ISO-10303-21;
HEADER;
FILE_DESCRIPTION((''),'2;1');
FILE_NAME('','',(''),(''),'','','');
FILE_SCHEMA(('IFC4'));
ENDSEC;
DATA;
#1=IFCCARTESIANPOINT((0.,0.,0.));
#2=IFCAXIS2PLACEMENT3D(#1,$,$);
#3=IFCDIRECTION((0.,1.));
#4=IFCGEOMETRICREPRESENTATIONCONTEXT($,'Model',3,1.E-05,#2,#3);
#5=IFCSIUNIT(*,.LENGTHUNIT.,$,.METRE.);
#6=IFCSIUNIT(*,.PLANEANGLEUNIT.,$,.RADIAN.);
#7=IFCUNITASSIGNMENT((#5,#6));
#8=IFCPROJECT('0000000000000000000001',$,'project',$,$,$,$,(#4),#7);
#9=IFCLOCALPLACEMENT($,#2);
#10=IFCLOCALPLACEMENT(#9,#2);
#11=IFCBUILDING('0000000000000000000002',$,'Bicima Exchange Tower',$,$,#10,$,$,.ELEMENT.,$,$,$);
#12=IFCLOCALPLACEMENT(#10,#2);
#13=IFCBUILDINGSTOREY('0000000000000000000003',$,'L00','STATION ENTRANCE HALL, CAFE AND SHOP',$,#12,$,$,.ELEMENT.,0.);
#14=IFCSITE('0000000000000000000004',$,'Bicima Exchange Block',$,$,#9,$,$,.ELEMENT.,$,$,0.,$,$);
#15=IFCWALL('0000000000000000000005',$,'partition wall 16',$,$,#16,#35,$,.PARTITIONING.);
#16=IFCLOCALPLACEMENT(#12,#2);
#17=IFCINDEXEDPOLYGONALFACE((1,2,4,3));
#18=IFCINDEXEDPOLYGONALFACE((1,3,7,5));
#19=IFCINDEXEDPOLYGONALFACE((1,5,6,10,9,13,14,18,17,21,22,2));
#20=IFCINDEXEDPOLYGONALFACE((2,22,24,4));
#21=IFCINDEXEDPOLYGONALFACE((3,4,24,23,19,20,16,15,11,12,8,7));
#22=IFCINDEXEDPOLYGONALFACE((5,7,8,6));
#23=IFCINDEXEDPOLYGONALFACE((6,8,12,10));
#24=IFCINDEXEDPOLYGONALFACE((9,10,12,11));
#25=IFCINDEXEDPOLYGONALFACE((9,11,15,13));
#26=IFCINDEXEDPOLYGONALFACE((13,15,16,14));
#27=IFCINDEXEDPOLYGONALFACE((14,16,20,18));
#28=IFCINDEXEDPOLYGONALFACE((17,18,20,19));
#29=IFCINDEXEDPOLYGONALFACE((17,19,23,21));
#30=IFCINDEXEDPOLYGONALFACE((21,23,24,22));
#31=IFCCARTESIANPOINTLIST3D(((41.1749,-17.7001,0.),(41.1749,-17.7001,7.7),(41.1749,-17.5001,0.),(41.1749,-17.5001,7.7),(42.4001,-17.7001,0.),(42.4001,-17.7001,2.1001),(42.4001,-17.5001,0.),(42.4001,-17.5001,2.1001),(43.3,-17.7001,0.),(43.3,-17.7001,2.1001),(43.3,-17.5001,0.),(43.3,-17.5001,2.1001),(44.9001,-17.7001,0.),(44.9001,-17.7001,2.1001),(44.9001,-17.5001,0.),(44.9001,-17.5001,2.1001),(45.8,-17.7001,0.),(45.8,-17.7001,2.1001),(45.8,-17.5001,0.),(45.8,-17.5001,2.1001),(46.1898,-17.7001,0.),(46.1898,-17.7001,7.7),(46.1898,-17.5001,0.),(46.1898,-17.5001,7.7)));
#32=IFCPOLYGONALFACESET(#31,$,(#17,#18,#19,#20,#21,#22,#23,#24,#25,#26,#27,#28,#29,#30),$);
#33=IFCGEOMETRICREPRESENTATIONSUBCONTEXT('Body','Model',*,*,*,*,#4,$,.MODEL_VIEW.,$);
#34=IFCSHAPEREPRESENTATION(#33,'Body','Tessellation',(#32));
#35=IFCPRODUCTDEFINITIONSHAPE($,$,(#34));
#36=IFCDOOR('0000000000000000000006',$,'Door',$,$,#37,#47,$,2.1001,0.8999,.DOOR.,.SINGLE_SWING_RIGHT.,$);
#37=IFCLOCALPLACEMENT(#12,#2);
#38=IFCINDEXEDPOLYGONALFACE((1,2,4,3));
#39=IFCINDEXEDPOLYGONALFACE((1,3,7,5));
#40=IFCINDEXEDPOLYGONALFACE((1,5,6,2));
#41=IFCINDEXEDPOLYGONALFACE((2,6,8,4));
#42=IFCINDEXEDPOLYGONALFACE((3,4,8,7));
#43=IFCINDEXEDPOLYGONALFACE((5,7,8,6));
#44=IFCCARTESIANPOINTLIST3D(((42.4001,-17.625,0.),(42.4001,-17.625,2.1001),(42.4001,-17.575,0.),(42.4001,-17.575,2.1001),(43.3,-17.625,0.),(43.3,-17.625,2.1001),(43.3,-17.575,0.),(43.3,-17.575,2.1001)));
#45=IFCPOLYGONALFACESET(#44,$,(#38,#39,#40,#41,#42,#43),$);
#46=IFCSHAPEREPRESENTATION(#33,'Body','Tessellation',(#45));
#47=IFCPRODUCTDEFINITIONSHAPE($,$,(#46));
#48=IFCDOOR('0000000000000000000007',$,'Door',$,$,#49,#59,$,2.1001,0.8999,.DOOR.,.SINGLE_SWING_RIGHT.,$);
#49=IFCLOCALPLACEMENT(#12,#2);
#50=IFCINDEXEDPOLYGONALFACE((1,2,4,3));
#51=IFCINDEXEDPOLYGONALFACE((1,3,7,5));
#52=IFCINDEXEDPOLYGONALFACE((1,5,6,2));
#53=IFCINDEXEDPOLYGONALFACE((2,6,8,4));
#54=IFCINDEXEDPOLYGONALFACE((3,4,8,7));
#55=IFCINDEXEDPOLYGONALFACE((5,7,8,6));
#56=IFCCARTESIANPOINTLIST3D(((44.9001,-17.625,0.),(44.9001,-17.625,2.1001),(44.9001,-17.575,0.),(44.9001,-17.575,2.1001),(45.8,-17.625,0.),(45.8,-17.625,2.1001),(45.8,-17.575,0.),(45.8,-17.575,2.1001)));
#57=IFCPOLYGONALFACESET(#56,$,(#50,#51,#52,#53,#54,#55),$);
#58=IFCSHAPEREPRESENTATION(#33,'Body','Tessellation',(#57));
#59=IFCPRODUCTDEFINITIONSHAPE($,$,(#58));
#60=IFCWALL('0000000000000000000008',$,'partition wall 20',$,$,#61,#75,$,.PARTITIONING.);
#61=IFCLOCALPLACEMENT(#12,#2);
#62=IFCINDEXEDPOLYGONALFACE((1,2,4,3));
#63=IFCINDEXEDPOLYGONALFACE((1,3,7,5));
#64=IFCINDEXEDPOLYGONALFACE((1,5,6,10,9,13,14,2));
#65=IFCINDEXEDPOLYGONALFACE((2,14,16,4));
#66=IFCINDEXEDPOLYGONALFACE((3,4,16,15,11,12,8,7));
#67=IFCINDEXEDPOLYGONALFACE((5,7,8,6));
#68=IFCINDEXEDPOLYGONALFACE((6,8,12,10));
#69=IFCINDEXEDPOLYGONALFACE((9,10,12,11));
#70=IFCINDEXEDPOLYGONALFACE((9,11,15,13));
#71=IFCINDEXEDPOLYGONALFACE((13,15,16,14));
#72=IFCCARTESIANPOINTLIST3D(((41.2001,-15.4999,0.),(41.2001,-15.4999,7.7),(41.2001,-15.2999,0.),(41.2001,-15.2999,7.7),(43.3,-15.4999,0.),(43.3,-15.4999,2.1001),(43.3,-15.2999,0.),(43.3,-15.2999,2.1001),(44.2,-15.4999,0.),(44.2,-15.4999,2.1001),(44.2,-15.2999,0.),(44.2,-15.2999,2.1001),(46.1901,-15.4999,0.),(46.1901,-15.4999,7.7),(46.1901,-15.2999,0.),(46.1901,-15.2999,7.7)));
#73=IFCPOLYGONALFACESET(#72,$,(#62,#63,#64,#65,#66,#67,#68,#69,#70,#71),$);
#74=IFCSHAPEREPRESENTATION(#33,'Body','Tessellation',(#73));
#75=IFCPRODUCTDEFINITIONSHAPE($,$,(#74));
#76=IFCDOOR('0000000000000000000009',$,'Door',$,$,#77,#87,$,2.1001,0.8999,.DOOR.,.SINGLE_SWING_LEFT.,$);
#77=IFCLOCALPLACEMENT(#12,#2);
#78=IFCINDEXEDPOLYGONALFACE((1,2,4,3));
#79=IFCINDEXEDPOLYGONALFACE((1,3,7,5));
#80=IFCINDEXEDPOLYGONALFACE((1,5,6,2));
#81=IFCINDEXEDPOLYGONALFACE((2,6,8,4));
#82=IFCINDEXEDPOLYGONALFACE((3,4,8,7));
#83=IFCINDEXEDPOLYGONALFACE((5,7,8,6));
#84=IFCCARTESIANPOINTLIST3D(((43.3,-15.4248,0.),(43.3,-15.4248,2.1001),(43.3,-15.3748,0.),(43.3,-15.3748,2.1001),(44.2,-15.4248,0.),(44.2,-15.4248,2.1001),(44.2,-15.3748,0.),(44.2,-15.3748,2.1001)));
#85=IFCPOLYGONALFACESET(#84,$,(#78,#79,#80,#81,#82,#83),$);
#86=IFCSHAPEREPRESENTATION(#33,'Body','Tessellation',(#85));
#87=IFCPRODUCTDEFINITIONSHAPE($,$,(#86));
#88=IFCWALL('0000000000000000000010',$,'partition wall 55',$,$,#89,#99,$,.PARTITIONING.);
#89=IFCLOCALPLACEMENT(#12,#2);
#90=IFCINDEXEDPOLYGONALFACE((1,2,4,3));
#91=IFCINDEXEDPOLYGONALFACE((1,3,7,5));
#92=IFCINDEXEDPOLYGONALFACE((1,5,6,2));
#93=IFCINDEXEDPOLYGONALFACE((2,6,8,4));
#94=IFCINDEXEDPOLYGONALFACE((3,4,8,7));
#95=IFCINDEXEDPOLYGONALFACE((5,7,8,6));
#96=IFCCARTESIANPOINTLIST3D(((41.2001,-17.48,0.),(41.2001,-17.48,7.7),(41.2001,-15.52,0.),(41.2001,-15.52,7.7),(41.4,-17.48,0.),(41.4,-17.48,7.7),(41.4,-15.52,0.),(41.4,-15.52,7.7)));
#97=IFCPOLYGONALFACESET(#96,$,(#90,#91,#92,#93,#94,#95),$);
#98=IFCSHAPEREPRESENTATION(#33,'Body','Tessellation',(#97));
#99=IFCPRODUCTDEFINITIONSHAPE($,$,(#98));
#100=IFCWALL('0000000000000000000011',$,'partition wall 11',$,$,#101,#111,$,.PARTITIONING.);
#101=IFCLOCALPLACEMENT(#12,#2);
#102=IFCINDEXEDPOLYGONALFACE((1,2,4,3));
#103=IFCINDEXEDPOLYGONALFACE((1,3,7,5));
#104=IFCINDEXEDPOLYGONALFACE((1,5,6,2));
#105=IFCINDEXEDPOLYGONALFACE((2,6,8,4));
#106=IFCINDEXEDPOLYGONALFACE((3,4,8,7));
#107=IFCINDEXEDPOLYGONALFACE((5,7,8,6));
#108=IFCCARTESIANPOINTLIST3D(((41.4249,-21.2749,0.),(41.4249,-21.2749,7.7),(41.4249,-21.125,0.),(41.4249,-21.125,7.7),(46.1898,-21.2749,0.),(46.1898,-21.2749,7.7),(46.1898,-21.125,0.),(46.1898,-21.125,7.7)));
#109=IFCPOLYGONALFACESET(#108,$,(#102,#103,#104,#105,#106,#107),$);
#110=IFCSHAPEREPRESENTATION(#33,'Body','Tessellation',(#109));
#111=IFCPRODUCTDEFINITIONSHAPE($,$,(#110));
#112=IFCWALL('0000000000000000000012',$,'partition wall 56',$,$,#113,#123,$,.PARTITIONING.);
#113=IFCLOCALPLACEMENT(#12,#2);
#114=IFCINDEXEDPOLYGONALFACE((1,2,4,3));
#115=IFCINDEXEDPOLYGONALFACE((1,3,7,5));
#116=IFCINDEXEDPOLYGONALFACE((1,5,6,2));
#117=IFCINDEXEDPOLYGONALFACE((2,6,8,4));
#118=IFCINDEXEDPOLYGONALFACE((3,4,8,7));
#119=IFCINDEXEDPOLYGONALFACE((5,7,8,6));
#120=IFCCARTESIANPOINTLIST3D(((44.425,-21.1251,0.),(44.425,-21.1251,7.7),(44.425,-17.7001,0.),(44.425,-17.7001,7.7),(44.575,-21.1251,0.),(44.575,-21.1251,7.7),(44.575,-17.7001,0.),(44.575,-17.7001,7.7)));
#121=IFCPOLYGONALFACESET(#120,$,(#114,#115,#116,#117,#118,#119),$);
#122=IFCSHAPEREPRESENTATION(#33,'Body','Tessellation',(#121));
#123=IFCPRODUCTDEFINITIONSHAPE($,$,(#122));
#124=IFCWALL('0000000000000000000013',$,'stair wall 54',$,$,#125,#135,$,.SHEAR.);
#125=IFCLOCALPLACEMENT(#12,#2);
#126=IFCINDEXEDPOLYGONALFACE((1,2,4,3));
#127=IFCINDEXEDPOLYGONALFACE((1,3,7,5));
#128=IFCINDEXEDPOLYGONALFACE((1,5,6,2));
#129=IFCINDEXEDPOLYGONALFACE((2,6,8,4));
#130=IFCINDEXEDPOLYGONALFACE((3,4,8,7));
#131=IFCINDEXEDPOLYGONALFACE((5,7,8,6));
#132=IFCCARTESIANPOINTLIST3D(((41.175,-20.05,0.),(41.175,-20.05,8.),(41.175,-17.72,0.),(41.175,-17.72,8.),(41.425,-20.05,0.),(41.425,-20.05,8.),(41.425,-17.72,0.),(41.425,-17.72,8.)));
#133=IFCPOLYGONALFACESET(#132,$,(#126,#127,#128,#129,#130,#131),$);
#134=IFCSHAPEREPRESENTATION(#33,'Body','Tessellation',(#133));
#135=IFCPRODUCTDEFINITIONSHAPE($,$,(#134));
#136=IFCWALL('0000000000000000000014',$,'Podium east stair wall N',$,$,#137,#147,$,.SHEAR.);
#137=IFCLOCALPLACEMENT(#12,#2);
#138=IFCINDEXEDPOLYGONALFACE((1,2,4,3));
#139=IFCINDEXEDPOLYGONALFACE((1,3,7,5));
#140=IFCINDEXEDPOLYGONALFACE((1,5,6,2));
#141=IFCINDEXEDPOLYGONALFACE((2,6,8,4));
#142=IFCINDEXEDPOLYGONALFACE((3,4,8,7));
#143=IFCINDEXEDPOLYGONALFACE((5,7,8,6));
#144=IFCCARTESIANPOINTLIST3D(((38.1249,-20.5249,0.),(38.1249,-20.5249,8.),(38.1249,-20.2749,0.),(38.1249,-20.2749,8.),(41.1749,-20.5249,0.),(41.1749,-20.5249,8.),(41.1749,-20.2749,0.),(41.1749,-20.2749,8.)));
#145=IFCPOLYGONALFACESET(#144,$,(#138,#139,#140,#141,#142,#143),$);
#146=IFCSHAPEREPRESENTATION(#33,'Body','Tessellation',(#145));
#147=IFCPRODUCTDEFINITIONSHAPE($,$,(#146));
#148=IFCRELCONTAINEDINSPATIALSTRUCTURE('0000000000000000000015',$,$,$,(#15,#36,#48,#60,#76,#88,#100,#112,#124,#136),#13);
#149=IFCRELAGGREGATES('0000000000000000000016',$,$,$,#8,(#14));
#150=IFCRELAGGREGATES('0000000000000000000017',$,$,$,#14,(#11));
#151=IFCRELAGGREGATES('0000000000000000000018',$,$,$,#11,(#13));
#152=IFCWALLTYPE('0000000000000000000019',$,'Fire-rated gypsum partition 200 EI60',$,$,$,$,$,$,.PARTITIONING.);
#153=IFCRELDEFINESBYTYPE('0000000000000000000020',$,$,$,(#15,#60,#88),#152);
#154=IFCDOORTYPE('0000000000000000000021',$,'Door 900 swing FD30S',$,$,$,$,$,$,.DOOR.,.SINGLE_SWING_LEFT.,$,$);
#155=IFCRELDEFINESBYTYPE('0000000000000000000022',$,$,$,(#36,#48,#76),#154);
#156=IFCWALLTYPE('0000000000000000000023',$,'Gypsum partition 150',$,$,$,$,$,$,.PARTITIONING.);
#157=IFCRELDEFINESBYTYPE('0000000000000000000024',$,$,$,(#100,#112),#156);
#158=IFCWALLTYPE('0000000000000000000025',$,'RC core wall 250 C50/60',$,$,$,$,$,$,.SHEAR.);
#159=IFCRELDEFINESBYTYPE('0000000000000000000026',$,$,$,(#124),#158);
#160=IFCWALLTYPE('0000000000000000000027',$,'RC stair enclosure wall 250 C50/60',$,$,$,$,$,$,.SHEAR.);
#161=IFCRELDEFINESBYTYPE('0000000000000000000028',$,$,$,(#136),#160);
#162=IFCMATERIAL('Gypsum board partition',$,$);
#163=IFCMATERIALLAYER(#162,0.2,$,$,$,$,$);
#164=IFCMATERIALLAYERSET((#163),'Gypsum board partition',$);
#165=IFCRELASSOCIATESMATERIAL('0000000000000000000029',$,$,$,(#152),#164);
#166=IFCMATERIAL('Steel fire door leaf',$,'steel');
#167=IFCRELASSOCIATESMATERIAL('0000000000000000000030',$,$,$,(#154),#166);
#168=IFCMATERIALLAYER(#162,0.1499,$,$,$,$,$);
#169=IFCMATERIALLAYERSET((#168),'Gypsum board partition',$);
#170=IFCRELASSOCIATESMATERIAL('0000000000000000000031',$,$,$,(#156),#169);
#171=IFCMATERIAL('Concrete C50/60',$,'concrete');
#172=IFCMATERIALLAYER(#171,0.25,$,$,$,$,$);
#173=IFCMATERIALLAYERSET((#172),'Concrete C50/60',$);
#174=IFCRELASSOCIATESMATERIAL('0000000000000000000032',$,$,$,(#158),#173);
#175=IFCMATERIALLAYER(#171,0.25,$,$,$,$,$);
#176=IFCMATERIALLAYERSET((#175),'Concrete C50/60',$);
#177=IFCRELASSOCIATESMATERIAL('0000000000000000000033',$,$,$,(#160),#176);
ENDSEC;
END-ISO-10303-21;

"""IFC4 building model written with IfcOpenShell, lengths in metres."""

from ifc_helpers import new_model, si_unit, direction, frame, frame_2d, origin, place, context, subcontext, project, spatial, rectangle, extrude, material, layer, layer_set, type_object, element, fill, save


model = new_model("IFC4")

# Units and contexts
model_context = context("Model", 3, precision=1e-05, world=origin(), true_north=direction((0.0, 1.0)))
body_context = subcontext(model_context, "Body", "Model", "MODEL_VIEW")
ifc_project = project(units=[si_unit("LENGTHUNIT", "METRE"), si_unit("PLANEANGLEUNIT", "RADIAN")], contexts=[model_context])

# Site, building, storey
site_placement = place(None, origin())
site = spatial("IfcSite", under=ifc_project, at=site_placement, Name="Bicima Exchange Block", CompositionType="ELEMENT", RefElevation=0.0)
building_placement = place(site_placement, origin())
building = spatial("IfcBuilding", under=site, at=building_placement, Name="Bicima Exchange Tower", CompositionType="ELEMENT")
storey_placement = place(building_placement, origin())
storey = spatial("IfcBuildingStorey", under=building, at=storey_placement, Name="L00", Description="STATION ENTRANCE HALL, CAFE AND SHOP", CompositionType="ELEMENT", Elevation=0.0)

# Wall, openings, doors
ifc_material_1 = material(Name="Gypsum board partition")
ifc_layer_1 = layer(ifc_material_1, 0.2)
ifc_layer_set_1 = layer_set([ifc_layer_1], Name="Gypsum board partition")
wall_type_1 = type_object("IfcWallType", Name="Fire-rated gypsum partition 200 EI60", PredefinedType="PARTITIONING", material=ifc_layer_set_1)
wall_1_placement = place(storey_placement, frame((41.175, -17.6001, 0.0), z_axis=(0.0, 0.0, 1.0), x_axis=(1.0, 0.0, 0.0)))
wall_1 = element("IfcWall", 1, at=wall_1_placement, inside=storey, type_object=wall_type_1, Name="partition wall 16", PredefinedType="PARTITIONING", context=body_context, shape_type="SweptSolid", body=[
    extrude(rectangle(XDim=5.0149, YDim=0.2, at=frame_2d((2.5073, 0.0))), origin(), (0.0, 0.0, 1.0), 7.7),
])
opening_1_placement = place(wall_1_placement, frame((1.2251, 0.0, 0.0)))
opening_1 = element("IfcOpeningElement", 2, at=opening_1_placement, cuts=wall_1, PredefinedType="OPENING", context=body_context, shape_type="SweptSolid", body=[
    extrude(rectangle(XDim=0.8999, YDim=2.1001, at=frame_2d((0.45, 1.05))), frame((0.0, 0.1118, 0.0), z_axis=(0.0, -1.0, 0.0), x_axis=(1.0, 0.0, 0.0)), (0.0, 0.0, 1.0), 0.2239),
])
opening_2_placement = place(wall_1_placement, frame((3.7251, 0.0, 0.0)))
opening_2 = element("IfcOpeningElement", 3, at=opening_2_placement, cuts=wall_1, PredefinedType="OPENING", context=body_context, shape_type="SweptSolid", body=[
    extrude(rectangle(XDim=0.8999, YDim=2.1001, at=frame_2d((0.45, 1.05))), frame((0.0, 0.1118, 0.0), z_axis=(0.0, -1.0, 0.0), x_axis=(1.0, 0.0, 0.0)), (0.0, 0.0, 1.0), 0.2239),
])
ifc_material_2 = material(Name="Steel fire door leaf", Category="steel")
door_type_1 = type_object("IfcDoorType", Name="Door 900 swing FD30S", OperationType="SINGLE_SWING_LEFT", PredefinedType="DOOR", material=ifc_material_2)
door_1_placement = place(opening_1_placement, frame((0.8999, 0.0, 0.0), z_axis=(0.0, 0.0, 1.0), x_axis=(-1.0, 0.0, 0.0)))
door_1 = element("IfcDoor", 4, at=door_1_placement, inside=storey, type_object=door_type_1, Name="Door", OperationType="SINGLE_SWING_RIGHT", OverallHeight=2.1001, OverallWidth=0.8999, PredefinedType="DOOR", context=body_context, shape_type="SweptSolid", body=[
    extrude(rectangle(XDim=0.8999, YDim=2.1001, at=frame_2d((0.45, 1.05))), frame((0.0, 0.0249, 0.0), z_axis=(0.0, -1.0, 0.0), x_axis=(1.0, 0.0, 0.0)), (0.0, 0.0, 1.0), 0.05),
])
fill(opening_1, door_1)
door_2_placement = place(opening_2_placement, frame((0.8999, 0.0, 0.0), z_axis=(0.0, 0.0, 1.0), x_axis=(-1.0, 0.0, 0.0)))
door_2 = element("IfcDoor", 5, at=door_2_placement, inside=storey, type_object=door_type_1, Name="Door", OperationType="SINGLE_SWING_RIGHT", OverallHeight=2.1001, OverallWidth=0.8999, PredefinedType="DOOR", context=body_context, shape_type="SweptSolid", body=[
    extrude(rectangle(XDim=0.8999, YDim=2.1001, at=frame_2d((0.45, 1.05))), frame((0.0, 0.0249, 0.0), z_axis=(0.0, -1.0, 0.0), x_axis=(1.0, 0.0, 0.0)), (0.0, 0.0, 1.0), 0.05),
])
fill(opening_2, door_2)

# Wall, opening, door
wall_2_placement = place(storey_placement, frame((41.2, -15.3999, 0.0), z_axis=(0.0, 0.0, 1.0), x_axis=(1.0, 0.0, 0.0)))
wall_2 = element("IfcWall", 6, at=wall_2_placement, inside=storey, type_object=wall_type_1, Name="partition wall 20", PredefinedType="PARTITIONING", context=body_context, shape_type="SweptSolid", body=[
    extrude(rectangle(XDim=4.99, YDim=0.2, at=frame_2d((2.4951, 0.0))), origin(), (0.0, 0.0, 1.0), 7.7),
])
opening_3_placement = place(wall_2_placement, frame((2.1001, 0.0, 0.0)))
opening_3 = element("IfcOpeningElement", 7, at=opening_3_placement, cuts=wall_2, PredefinedType="OPENING", context=body_context, shape_type="SweptSolid", body=[
    extrude(rectangle(XDim=0.8999, YDim=2.1001, at=frame_2d((0.45, 1.05))), frame((0.0, 0.1118, 0.0), z_axis=(0.0, -1.0, 0.0), x_axis=(1.0, 0.0, 0.0)), (0.0, 0.0, 1.0), 0.2239),
])
door_3_placement = place(opening_3_placement, frame((0.8999, 0.0, 0.0), z_axis=(0.0, 0.0, 1.0), x_axis=(-1.0, 0.0, 0.0)))
door_3 = element("IfcDoor", 8, at=door_3_placement, inside=storey, type_object=door_type_1, Name="Door", OperationType="SINGLE_SWING_LEFT", OverallHeight=2.1001, OverallWidth=0.8999, PredefinedType="DOOR", context=body_context, shape_type="SweptSolid", body=[
    extrude(rectangle(XDim=0.8999, YDim=2.1001, at=frame_2d((0.45, 1.05))), frame((0.0, 0.0249, 0.0), z_axis=(0.0, -1.0, 0.0), x_axis=(1.0, 0.0, 0.0)), (0.0, 0.0, 1.0), 0.05),
])
fill(opening_3, door_3)

# Walls
wall_3_placement = place(storey_placement, frame((41.3, -17.48, 0.0), z_axis=(0.0, 0.0, 1.0), x_axis=(0.0, 1.0, 0.0)))
element("IfcWall", 9, at=wall_3_placement, inside=storey, type_object=wall_type_1, Name="partition wall 55", PredefinedType="PARTITIONING", context=body_context, shape_type="SweptSolid", body=[
    extrude(rectangle(XDim=1.96, YDim=0.2, at=frame_2d((0.98, 0.0))), origin(), (0.0, 0.0, 1.0), 7.7),
])
ifc_layer_2 = layer(ifc_material_1, 0.1499)
ifc_layer_set_2 = layer_set([ifc_layer_2], Name="Gypsum board partition")
wall_type_2 = type_object("IfcWallType", Name="Gypsum partition 150", PredefinedType="PARTITIONING", material=ifc_layer_set_2)
wall_4_placement = place(storey_placement, frame((41.425, -21.2, 0.0), z_axis=(0.0, 0.0, 1.0), x_axis=(1.0, 0.0, 0.0)))
element("IfcWall", 10, at=wall_4_placement, inside=storey, type_object=wall_type_2, Name="partition wall 11", PredefinedType="PARTITIONING", context=body_context, shape_type="SweptSolid", body=[
    extrude(rectangle(XDim=4.7649, YDim=0.1499, at=frame_2d((2.3823, 0.0))), origin(), (0.0, 0.0, 1.0), 7.7),
])
wall_5_placement = place(storey_placement, frame((44.5, -21.125, 0.0), z_axis=(0.0, 0.0, 1.0), x_axis=(0.0, 1.0, 0.0)))
element("IfcWall", 11, at=wall_5_placement, inside=storey, type_object=wall_type_2, Name="partition wall 56", PredefinedType="PARTITIONING", context=body_context, shape_type="SweptSolid", body=[
    extrude(rectangle(XDim=3.425, YDim=0.1499, at=frame_2d((1.7124, 0.0))), origin(), (0.0, 0.0, 1.0), 7.7),
])
ifc_material_3 = material(Name="Concrete C50/60", Category="concrete")
ifc_layer_3 = layer(ifc_material_3, 0.25)
ifc_layer_set_3 = layer_set([ifc_layer_3], Name="Concrete C50/60")
wall_type_3 = type_object("IfcWallType", Name="RC core wall 250 C50/60", PredefinedType="SHEAR", material=ifc_layer_set_3)
wall_6_placement = place(storey_placement, frame((41.3, -20.05, 0.0), z_axis=(0.0, 0.0, 1.0), x_axis=(0.0, 1.0, 0.0)))
element("IfcWall", 12, at=wall_6_placement, inside=storey, type_object=wall_type_3, Name="stair wall 54", PredefinedType="SHEAR", context=body_context, shape_type="SweptSolid", body=[
    extrude(rectangle(XDim=2.3301, YDim=0.25, at=frame_2d((1.165, 0.0))), origin(), (0.0, 0.0, 1.0), 8.0),
])
ifc_layer_4 = layer(ifc_material_3, 0.25)
ifc_layer_set_4 = layer_set([ifc_layer_4], Name="Concrete C50/60")
wall_type_4 = type_object("IfcWallType", Name="RC stair enclosure wall 250 C50/60", PredefinedType="SHEAR", material=ifc_layer_set_4)
wall_7_placement = place(storey_placement, frame((38.125, -20.3999, 0.0), z_axis=(0.0, 0.0, 1.0), x_axis=(1.0, 0.0, 0.0)))
element("IfcWall", 13, at=wall_7_placement, inside=storey, type_object=wall_type_4, Name="Podium east stair wall N", PredefinedType="SHEAR", context=body_context, shape_type="SweptSolid", body=[
    extrude(rectangle(XDim=3.05, YDim=0.25, at=frame_2d((1.5249, 0.0))), origin(), (0.0, 0.0, 1.0), 8.0),
])

save(model, "model.ifc")
